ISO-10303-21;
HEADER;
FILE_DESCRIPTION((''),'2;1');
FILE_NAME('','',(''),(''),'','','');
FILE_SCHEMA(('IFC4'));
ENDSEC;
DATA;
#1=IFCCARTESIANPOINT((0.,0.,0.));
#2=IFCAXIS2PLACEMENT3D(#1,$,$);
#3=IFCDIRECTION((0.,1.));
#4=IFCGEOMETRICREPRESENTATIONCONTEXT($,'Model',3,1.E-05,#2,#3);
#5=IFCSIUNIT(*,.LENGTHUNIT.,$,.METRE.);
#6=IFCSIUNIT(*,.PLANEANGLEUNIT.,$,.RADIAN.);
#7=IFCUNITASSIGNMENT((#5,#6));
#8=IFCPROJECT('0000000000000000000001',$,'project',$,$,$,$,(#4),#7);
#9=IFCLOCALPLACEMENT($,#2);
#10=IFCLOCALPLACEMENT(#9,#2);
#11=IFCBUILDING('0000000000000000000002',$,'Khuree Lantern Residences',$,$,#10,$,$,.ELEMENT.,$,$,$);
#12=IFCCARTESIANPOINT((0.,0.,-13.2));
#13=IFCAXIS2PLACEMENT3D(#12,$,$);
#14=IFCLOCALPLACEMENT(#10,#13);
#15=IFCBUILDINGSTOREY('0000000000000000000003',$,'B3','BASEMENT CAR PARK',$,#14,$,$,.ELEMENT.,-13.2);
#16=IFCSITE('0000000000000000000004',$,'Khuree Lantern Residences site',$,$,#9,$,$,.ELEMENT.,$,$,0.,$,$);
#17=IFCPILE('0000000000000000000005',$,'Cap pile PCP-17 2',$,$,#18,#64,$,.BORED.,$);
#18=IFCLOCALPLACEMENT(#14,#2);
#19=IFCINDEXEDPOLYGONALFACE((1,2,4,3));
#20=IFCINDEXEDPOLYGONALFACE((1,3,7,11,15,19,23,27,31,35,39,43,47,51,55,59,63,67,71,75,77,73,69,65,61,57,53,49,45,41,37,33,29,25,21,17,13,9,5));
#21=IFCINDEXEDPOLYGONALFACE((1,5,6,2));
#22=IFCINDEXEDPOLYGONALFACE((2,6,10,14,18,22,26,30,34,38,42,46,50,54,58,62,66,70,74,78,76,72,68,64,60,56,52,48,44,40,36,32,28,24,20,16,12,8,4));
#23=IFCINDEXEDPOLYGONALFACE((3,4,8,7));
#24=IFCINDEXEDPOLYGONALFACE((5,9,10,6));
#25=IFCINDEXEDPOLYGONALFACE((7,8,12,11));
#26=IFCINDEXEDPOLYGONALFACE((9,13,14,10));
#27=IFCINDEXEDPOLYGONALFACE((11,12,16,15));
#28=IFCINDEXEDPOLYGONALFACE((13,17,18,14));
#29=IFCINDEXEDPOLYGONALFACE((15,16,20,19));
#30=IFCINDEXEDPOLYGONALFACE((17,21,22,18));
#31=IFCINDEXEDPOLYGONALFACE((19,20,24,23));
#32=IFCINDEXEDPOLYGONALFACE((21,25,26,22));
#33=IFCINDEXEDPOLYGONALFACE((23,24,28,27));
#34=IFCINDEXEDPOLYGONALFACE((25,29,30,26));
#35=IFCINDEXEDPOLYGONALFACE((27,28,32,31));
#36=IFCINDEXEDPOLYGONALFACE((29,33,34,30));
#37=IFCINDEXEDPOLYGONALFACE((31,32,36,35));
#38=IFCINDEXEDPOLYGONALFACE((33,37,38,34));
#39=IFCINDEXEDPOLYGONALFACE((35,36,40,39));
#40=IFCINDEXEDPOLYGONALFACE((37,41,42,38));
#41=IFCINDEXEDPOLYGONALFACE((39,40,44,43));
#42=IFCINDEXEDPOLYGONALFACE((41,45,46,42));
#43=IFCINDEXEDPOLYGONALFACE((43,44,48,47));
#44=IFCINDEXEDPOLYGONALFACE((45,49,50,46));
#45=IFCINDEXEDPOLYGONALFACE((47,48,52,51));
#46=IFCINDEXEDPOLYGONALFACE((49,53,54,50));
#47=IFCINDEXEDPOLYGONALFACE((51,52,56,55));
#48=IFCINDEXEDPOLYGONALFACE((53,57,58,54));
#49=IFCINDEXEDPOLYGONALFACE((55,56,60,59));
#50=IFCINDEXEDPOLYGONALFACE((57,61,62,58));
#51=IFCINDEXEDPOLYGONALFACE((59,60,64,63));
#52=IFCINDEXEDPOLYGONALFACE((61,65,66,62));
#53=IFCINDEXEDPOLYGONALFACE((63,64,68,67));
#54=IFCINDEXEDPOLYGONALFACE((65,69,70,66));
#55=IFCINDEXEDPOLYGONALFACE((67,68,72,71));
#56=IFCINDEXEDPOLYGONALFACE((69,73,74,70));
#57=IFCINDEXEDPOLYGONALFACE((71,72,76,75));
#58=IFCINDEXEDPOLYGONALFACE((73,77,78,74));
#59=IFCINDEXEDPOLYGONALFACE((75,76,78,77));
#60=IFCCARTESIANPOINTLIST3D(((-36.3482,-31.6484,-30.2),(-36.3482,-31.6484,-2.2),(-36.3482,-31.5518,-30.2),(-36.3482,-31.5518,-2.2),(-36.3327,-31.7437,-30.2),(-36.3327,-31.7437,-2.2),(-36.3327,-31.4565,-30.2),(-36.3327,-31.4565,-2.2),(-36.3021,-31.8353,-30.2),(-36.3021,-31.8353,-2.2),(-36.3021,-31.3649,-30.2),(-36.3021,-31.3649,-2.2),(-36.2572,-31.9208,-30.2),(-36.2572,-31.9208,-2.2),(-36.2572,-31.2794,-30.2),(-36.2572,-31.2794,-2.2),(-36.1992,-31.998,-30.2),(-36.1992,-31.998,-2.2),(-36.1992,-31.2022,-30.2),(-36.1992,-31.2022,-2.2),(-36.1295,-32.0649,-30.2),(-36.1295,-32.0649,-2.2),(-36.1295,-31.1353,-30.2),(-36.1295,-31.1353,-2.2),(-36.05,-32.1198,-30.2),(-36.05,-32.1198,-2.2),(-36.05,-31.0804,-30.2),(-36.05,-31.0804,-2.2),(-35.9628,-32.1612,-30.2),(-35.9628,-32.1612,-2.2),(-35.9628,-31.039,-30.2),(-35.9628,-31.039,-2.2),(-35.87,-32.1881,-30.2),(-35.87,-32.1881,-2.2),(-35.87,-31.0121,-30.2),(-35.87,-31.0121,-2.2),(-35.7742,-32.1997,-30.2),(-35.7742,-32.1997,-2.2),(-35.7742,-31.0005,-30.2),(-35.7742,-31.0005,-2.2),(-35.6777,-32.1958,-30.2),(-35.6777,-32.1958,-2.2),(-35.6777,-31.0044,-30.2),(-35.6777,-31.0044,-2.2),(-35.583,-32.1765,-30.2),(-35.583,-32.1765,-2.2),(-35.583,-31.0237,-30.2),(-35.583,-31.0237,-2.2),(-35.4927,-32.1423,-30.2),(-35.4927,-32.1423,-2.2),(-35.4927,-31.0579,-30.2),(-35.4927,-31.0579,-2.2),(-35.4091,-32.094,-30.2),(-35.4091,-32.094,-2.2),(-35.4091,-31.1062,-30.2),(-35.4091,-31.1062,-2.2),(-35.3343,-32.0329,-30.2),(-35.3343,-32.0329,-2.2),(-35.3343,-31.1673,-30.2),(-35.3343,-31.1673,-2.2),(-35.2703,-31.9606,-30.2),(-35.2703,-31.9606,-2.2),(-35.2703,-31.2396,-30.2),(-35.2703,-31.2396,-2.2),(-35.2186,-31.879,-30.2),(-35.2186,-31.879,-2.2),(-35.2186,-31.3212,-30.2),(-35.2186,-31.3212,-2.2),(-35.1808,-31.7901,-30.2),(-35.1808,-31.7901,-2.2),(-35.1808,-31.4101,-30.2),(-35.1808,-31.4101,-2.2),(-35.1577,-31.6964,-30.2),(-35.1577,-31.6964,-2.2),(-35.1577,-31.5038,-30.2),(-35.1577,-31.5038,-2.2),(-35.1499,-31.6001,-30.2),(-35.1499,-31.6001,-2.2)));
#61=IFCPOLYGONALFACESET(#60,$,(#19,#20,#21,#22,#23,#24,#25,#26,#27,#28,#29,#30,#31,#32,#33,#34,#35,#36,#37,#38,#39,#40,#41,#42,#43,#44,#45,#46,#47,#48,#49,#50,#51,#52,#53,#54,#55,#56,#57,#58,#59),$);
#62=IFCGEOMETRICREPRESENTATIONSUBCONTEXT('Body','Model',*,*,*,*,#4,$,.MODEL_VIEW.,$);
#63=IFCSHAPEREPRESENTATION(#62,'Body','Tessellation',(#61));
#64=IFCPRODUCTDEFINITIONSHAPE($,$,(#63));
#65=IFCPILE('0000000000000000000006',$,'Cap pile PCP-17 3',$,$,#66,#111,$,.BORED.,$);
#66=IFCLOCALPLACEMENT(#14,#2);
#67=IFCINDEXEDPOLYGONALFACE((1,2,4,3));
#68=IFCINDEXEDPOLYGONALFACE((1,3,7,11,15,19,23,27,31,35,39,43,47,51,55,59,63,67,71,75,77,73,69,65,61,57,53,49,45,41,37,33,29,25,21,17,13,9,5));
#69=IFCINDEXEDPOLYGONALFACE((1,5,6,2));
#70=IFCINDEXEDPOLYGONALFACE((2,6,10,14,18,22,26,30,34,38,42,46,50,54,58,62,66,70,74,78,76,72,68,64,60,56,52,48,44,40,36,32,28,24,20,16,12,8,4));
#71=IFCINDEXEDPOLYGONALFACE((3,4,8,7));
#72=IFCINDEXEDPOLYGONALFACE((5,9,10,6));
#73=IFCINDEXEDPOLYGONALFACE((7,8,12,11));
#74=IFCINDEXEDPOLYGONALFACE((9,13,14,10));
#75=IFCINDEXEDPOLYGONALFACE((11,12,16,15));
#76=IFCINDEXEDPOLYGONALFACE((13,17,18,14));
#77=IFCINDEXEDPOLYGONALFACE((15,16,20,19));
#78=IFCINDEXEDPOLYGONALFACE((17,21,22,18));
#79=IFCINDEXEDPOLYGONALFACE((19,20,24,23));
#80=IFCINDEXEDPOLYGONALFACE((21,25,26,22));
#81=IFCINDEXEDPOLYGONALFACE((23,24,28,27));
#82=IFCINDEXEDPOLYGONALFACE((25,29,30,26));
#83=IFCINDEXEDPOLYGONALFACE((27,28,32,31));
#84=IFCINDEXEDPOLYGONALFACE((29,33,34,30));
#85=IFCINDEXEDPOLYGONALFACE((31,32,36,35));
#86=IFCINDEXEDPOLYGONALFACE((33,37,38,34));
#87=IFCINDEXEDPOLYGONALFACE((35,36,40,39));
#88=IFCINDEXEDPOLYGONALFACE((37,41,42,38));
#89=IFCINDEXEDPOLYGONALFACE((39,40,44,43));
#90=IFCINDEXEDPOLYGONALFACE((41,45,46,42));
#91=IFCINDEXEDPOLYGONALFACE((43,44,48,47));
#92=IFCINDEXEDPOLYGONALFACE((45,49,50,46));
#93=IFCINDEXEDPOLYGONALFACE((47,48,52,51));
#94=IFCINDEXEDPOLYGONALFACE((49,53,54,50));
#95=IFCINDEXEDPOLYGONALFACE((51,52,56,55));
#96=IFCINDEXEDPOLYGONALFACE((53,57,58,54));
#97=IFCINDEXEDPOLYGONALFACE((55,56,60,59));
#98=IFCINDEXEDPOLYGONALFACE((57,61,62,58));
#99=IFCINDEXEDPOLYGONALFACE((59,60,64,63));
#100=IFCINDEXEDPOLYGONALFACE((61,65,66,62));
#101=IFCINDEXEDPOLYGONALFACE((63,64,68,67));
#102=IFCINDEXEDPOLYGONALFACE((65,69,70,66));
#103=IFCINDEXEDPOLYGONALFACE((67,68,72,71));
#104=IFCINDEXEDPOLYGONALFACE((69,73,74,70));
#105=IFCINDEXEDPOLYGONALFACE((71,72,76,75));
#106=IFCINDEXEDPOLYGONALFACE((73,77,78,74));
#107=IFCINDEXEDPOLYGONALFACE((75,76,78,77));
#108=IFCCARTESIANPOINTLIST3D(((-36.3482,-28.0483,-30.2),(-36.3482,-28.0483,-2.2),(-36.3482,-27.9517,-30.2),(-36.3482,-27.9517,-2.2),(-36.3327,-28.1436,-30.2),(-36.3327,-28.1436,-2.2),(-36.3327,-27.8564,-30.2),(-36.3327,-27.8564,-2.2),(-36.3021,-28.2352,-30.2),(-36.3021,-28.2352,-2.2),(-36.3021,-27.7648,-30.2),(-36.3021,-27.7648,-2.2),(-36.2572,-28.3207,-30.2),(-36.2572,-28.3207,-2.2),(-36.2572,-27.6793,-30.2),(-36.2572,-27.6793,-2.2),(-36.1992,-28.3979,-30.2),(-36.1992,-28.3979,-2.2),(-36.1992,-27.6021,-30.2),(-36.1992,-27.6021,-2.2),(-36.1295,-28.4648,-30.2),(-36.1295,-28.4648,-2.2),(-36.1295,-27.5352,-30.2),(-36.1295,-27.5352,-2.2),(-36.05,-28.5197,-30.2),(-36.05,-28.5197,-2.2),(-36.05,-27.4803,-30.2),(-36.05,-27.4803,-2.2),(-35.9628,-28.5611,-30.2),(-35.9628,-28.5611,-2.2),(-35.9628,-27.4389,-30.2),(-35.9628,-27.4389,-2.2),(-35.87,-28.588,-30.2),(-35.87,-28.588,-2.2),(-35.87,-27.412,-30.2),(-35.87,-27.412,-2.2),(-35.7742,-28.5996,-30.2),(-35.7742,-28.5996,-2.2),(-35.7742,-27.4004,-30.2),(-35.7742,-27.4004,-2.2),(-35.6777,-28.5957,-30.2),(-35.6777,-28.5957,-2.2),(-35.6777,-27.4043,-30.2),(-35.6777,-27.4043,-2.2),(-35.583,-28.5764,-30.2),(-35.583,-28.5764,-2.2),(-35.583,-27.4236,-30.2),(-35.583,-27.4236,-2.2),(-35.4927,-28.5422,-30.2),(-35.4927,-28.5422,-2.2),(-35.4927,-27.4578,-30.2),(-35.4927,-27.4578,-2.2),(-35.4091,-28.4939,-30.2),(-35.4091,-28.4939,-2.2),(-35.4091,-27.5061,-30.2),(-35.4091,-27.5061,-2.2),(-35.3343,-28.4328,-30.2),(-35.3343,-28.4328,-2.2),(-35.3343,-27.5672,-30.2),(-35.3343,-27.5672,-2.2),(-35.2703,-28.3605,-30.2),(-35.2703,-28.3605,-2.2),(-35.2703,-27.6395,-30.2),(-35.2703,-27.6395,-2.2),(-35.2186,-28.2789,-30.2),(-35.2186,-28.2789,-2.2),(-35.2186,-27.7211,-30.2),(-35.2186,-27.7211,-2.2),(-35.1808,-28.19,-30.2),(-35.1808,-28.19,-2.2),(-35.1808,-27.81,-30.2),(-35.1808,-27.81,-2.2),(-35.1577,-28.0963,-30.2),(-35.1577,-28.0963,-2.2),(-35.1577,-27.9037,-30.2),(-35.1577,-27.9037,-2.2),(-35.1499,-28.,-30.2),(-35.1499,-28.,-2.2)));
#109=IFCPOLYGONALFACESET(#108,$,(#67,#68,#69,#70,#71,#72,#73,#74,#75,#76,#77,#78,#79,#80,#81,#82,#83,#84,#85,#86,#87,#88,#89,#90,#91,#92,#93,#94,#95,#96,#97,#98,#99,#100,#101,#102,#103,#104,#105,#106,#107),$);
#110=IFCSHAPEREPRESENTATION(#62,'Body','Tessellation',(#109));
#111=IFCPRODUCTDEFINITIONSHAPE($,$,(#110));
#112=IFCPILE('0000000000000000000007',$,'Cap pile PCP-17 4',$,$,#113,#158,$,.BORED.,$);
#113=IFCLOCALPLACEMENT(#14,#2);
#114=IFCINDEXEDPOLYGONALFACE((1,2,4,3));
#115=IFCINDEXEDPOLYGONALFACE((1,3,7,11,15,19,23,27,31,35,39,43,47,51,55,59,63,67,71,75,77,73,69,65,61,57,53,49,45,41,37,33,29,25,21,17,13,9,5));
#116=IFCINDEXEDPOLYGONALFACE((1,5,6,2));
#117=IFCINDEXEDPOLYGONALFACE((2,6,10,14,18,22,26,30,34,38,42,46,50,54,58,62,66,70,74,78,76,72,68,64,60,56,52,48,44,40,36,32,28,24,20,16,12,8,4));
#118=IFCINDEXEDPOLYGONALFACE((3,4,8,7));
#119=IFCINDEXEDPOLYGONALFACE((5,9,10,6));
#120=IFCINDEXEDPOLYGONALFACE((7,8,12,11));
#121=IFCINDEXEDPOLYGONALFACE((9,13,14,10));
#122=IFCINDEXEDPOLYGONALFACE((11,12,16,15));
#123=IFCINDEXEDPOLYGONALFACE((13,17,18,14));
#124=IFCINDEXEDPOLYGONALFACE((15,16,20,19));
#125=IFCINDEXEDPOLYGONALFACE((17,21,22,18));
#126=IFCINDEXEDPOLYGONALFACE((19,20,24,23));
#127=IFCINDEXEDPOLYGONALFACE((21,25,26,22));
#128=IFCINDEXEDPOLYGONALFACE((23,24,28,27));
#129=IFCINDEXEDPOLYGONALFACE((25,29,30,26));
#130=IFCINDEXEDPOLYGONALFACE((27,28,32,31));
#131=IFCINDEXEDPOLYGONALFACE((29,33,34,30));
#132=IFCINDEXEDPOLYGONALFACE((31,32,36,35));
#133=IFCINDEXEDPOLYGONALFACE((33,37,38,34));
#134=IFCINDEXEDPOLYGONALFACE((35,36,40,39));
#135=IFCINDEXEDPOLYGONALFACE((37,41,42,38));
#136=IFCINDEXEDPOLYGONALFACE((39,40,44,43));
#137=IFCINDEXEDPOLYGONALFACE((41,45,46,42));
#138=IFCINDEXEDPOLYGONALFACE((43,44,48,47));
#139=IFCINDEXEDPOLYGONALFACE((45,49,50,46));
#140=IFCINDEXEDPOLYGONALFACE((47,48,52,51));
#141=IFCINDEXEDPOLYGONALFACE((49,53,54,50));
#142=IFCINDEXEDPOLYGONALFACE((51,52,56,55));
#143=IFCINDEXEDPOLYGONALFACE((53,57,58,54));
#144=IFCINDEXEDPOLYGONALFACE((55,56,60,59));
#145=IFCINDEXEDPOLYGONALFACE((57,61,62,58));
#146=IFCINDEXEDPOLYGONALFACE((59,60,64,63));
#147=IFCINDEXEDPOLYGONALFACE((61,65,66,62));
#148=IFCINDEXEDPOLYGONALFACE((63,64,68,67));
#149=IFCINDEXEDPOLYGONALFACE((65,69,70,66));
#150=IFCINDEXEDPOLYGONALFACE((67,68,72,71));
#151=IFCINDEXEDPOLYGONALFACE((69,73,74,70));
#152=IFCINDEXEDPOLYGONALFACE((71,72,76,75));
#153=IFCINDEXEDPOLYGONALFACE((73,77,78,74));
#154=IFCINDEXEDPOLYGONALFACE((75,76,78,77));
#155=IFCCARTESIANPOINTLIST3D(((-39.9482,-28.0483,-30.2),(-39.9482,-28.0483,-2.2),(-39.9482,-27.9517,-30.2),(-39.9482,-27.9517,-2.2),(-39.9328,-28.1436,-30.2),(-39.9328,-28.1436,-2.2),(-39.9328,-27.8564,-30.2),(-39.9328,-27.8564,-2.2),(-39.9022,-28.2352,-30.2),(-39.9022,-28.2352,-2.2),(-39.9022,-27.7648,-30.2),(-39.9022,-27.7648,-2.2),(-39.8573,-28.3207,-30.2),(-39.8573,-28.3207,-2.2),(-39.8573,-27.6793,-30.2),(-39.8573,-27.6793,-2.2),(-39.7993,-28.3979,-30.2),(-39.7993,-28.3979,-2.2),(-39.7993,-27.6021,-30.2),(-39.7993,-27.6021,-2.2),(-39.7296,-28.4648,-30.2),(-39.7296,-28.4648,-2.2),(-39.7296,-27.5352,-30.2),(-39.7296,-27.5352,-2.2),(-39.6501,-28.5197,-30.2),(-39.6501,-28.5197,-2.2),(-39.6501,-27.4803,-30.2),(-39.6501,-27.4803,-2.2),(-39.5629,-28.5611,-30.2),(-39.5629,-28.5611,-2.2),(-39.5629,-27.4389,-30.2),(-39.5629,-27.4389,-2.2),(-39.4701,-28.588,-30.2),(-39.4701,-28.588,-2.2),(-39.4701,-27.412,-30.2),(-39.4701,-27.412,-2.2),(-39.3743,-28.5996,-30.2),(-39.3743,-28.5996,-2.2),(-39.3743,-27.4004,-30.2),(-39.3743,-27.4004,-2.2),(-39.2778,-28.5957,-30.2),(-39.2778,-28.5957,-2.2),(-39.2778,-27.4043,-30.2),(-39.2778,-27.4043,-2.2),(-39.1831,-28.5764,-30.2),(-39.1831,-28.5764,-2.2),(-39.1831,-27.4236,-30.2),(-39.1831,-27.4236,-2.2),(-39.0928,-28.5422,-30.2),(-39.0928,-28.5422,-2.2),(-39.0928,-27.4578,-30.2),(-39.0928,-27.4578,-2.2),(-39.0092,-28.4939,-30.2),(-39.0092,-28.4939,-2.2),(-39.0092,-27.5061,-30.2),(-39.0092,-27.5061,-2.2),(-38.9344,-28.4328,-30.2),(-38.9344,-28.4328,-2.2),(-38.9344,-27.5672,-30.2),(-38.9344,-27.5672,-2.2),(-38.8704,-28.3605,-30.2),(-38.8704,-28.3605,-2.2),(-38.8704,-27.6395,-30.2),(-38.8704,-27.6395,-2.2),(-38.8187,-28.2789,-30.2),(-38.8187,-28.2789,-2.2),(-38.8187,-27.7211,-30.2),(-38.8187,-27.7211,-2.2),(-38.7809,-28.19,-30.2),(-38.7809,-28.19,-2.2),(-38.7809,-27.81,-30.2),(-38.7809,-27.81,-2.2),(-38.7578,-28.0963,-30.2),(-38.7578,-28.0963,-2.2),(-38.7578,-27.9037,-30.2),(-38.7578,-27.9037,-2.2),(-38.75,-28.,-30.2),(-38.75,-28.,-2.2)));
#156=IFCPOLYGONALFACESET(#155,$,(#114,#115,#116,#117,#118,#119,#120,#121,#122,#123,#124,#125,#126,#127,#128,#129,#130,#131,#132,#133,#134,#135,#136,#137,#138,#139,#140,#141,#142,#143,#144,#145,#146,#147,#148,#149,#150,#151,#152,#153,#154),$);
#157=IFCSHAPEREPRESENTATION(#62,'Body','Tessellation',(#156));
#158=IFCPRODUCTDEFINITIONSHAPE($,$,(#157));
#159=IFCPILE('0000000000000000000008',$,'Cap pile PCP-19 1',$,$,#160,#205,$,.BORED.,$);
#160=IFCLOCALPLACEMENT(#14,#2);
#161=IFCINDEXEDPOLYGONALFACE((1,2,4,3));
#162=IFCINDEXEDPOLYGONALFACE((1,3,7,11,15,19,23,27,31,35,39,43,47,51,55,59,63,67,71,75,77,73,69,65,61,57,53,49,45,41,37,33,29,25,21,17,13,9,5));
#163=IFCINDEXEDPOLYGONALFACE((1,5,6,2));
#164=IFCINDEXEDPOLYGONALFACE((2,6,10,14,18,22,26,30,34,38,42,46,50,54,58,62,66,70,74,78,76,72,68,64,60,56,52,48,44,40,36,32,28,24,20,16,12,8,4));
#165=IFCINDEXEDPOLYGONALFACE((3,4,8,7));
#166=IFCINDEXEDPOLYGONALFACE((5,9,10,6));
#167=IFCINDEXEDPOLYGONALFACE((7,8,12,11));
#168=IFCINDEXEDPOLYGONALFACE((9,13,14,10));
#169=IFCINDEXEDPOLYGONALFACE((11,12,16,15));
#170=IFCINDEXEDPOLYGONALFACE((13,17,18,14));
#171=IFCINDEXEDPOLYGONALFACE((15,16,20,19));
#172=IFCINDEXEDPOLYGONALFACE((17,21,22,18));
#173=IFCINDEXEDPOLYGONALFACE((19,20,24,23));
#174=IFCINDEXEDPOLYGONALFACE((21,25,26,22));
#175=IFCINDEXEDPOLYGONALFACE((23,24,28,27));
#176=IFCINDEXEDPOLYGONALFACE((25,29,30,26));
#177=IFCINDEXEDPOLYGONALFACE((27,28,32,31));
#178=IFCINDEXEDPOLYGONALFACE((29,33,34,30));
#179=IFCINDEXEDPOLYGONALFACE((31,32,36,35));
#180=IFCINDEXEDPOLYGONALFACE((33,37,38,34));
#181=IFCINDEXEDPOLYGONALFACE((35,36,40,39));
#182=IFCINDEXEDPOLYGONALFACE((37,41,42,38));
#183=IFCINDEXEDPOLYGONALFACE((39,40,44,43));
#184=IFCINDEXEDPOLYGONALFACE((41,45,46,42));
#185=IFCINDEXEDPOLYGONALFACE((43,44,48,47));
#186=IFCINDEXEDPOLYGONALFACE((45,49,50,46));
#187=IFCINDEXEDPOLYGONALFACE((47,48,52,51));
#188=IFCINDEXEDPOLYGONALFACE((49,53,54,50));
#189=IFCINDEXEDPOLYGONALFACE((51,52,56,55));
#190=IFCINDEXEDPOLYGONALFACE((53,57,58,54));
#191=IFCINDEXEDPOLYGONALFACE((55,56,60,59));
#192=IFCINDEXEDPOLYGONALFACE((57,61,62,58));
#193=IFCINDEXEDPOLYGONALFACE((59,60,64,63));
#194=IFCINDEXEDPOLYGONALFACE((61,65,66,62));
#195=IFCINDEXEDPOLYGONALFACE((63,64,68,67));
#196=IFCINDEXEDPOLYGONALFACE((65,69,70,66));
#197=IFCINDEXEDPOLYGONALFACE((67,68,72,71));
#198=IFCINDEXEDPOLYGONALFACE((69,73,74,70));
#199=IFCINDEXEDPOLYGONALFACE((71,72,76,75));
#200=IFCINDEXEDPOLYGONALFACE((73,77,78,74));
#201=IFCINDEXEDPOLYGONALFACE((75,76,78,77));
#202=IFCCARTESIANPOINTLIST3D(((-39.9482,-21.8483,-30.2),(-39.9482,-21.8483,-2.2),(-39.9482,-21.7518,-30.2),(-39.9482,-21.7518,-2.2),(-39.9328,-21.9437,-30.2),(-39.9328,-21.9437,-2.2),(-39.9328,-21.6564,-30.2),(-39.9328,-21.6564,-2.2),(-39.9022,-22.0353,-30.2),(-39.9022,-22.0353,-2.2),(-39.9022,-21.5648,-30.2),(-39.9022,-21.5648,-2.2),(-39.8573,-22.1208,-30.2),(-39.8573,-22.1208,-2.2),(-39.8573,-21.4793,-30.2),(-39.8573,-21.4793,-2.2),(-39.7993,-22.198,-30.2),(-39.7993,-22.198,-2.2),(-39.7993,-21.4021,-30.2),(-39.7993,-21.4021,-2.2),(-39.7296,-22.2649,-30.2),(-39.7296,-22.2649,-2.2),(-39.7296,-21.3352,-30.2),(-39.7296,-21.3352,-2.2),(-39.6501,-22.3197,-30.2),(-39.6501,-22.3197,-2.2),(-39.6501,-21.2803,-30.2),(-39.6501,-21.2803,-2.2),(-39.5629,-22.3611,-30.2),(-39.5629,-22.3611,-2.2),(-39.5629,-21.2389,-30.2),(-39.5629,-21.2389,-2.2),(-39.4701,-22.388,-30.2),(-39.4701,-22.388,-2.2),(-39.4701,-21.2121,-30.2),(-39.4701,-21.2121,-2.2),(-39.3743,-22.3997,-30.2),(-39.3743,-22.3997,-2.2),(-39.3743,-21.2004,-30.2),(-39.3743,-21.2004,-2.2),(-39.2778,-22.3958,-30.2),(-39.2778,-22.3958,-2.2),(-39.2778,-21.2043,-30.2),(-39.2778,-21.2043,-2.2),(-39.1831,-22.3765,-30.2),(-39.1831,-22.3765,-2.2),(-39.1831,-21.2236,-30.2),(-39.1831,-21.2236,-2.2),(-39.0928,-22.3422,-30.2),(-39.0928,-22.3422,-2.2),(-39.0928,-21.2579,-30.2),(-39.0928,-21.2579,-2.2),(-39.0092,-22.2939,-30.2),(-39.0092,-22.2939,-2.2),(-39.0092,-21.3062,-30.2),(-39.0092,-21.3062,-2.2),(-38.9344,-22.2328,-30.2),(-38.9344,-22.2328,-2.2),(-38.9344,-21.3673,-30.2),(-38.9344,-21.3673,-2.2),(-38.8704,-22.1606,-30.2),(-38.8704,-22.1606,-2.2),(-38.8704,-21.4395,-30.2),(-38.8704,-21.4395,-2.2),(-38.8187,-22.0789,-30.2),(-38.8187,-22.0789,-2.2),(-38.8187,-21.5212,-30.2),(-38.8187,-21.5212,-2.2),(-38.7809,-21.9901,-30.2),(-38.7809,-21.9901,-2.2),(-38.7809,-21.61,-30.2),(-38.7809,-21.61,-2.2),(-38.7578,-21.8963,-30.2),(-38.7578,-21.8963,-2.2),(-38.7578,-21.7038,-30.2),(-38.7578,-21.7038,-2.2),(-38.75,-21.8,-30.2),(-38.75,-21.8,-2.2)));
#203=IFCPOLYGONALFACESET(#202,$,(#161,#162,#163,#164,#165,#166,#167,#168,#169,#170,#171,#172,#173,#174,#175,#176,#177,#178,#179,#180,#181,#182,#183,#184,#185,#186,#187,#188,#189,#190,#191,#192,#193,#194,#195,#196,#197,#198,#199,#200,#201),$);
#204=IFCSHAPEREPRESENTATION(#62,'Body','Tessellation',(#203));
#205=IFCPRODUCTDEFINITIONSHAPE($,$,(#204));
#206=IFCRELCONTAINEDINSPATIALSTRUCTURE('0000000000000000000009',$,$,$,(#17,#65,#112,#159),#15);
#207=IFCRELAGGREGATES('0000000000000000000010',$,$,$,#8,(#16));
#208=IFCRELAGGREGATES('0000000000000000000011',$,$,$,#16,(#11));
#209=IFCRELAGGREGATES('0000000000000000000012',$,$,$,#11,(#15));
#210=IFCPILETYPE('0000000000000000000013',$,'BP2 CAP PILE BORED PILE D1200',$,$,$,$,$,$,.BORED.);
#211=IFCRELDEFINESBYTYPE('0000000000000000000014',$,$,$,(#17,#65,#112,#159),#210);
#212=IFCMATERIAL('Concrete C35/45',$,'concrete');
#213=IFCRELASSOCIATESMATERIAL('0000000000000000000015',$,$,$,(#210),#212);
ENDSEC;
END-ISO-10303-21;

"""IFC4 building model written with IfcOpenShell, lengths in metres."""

from ifc_helpers import new_model, si_unit, direction, frame, origin, origin_2d, place, context, subcontext, project, spatial, circle, extrude, material, material_profile, profile_set, type_object, element, save


model = new_model("IFC4")

# Units and contexts
model_context = context("Model", 3, precision=1e-05, world=origin(), true_north=direction((0.0, 1.0)))
body_context = subcontext(model_context, "Body", "Model", "MODEL_VIEW")
ifc_project = project(units=[si_unit("LENGTHUNIT", "METRE"), si_unit("PLANEANGLEUNIT", "RADIAN")], contexts=[model_context])

# Site, building, storey
site_placement = place(None, origin())
site = spatial("IfcSite", under=ifc_project, at=site_placement, Name="Khuree Lantern Residences site", CompositionType="ELEMENT", RefElevation=0.0)
building_placement = place(site_placement, origin())
building = spatial("IfcBuilding", under=site, at=building_placement, Name="Khuree Lantern Residences", CompositionType="ELEMENT")
storey_placement = place(building_placement, frame((0.0, 0.0, -13.2)))
storey = spatial("IfcBuildingStorey", under=building, at=storey_placement, Name="B3", Description="BASEMENT CAR PARK", CompositionType="ELEMENT", Elevation=-13.2)

# Piles
ifc_material_1 = material(Name="Concrete C35/45", Category="concrete")
ifc_material_profile_1 = material_profile(ifc_material_1, circle(Radius=0.6001, at=origin_2d()), Name="BORED PILE D1200")
ifc_profile_set_1 = profile_set([ifc_material_profile_1], Name="Concrete C35/45")
pile_type_1 = type_object("IfcPileType", Name="BP2 CAP PILE BORED PILE D1200", PredefinedType="BORED", material=ifc_profile_set_1)
for number, where, z_axis, x_axis, name in (
    (1, (-35.75, -31.6001, -2.2), (0.0, 0.0, -1.0), (1.0, 0.0, 0.0), "Cap pile PCP-17 2"),
    (2, (-35.75, -28.0, -2.2), (0.0, 0.0, -1.0), (1.0, 0.0, 0.0), "Cap pile PCP-17 3"),
    (3, (-39.3501, -28.0, -2.2), (0.0, 0.0, -1.0), (1.0, 0.0, 0.0), "Cap pile PCP-17 4"),
    (4, (-39.3501, -21.8, -2.2), (0.0, 0.0, -1.0), (1.0, 0.0, 0.0), "Cap pile PCP-19 1"),
):
    element("IfcPile", number, at=place(storey_placement, frame(where, z_axis=z_axis, x_axis=x_axis)), inside=storey, type_object=pile_type_1, Name=name, PredefinedType="BORED", context=body_context, shape_type="SweptSolid", body=[
        extrude(circle(Radius=0.6001, at=origin_2d()), origin(), (0.0, 0.0, 1.0), 28.0),
    ])

save(model, "model.ifc")
